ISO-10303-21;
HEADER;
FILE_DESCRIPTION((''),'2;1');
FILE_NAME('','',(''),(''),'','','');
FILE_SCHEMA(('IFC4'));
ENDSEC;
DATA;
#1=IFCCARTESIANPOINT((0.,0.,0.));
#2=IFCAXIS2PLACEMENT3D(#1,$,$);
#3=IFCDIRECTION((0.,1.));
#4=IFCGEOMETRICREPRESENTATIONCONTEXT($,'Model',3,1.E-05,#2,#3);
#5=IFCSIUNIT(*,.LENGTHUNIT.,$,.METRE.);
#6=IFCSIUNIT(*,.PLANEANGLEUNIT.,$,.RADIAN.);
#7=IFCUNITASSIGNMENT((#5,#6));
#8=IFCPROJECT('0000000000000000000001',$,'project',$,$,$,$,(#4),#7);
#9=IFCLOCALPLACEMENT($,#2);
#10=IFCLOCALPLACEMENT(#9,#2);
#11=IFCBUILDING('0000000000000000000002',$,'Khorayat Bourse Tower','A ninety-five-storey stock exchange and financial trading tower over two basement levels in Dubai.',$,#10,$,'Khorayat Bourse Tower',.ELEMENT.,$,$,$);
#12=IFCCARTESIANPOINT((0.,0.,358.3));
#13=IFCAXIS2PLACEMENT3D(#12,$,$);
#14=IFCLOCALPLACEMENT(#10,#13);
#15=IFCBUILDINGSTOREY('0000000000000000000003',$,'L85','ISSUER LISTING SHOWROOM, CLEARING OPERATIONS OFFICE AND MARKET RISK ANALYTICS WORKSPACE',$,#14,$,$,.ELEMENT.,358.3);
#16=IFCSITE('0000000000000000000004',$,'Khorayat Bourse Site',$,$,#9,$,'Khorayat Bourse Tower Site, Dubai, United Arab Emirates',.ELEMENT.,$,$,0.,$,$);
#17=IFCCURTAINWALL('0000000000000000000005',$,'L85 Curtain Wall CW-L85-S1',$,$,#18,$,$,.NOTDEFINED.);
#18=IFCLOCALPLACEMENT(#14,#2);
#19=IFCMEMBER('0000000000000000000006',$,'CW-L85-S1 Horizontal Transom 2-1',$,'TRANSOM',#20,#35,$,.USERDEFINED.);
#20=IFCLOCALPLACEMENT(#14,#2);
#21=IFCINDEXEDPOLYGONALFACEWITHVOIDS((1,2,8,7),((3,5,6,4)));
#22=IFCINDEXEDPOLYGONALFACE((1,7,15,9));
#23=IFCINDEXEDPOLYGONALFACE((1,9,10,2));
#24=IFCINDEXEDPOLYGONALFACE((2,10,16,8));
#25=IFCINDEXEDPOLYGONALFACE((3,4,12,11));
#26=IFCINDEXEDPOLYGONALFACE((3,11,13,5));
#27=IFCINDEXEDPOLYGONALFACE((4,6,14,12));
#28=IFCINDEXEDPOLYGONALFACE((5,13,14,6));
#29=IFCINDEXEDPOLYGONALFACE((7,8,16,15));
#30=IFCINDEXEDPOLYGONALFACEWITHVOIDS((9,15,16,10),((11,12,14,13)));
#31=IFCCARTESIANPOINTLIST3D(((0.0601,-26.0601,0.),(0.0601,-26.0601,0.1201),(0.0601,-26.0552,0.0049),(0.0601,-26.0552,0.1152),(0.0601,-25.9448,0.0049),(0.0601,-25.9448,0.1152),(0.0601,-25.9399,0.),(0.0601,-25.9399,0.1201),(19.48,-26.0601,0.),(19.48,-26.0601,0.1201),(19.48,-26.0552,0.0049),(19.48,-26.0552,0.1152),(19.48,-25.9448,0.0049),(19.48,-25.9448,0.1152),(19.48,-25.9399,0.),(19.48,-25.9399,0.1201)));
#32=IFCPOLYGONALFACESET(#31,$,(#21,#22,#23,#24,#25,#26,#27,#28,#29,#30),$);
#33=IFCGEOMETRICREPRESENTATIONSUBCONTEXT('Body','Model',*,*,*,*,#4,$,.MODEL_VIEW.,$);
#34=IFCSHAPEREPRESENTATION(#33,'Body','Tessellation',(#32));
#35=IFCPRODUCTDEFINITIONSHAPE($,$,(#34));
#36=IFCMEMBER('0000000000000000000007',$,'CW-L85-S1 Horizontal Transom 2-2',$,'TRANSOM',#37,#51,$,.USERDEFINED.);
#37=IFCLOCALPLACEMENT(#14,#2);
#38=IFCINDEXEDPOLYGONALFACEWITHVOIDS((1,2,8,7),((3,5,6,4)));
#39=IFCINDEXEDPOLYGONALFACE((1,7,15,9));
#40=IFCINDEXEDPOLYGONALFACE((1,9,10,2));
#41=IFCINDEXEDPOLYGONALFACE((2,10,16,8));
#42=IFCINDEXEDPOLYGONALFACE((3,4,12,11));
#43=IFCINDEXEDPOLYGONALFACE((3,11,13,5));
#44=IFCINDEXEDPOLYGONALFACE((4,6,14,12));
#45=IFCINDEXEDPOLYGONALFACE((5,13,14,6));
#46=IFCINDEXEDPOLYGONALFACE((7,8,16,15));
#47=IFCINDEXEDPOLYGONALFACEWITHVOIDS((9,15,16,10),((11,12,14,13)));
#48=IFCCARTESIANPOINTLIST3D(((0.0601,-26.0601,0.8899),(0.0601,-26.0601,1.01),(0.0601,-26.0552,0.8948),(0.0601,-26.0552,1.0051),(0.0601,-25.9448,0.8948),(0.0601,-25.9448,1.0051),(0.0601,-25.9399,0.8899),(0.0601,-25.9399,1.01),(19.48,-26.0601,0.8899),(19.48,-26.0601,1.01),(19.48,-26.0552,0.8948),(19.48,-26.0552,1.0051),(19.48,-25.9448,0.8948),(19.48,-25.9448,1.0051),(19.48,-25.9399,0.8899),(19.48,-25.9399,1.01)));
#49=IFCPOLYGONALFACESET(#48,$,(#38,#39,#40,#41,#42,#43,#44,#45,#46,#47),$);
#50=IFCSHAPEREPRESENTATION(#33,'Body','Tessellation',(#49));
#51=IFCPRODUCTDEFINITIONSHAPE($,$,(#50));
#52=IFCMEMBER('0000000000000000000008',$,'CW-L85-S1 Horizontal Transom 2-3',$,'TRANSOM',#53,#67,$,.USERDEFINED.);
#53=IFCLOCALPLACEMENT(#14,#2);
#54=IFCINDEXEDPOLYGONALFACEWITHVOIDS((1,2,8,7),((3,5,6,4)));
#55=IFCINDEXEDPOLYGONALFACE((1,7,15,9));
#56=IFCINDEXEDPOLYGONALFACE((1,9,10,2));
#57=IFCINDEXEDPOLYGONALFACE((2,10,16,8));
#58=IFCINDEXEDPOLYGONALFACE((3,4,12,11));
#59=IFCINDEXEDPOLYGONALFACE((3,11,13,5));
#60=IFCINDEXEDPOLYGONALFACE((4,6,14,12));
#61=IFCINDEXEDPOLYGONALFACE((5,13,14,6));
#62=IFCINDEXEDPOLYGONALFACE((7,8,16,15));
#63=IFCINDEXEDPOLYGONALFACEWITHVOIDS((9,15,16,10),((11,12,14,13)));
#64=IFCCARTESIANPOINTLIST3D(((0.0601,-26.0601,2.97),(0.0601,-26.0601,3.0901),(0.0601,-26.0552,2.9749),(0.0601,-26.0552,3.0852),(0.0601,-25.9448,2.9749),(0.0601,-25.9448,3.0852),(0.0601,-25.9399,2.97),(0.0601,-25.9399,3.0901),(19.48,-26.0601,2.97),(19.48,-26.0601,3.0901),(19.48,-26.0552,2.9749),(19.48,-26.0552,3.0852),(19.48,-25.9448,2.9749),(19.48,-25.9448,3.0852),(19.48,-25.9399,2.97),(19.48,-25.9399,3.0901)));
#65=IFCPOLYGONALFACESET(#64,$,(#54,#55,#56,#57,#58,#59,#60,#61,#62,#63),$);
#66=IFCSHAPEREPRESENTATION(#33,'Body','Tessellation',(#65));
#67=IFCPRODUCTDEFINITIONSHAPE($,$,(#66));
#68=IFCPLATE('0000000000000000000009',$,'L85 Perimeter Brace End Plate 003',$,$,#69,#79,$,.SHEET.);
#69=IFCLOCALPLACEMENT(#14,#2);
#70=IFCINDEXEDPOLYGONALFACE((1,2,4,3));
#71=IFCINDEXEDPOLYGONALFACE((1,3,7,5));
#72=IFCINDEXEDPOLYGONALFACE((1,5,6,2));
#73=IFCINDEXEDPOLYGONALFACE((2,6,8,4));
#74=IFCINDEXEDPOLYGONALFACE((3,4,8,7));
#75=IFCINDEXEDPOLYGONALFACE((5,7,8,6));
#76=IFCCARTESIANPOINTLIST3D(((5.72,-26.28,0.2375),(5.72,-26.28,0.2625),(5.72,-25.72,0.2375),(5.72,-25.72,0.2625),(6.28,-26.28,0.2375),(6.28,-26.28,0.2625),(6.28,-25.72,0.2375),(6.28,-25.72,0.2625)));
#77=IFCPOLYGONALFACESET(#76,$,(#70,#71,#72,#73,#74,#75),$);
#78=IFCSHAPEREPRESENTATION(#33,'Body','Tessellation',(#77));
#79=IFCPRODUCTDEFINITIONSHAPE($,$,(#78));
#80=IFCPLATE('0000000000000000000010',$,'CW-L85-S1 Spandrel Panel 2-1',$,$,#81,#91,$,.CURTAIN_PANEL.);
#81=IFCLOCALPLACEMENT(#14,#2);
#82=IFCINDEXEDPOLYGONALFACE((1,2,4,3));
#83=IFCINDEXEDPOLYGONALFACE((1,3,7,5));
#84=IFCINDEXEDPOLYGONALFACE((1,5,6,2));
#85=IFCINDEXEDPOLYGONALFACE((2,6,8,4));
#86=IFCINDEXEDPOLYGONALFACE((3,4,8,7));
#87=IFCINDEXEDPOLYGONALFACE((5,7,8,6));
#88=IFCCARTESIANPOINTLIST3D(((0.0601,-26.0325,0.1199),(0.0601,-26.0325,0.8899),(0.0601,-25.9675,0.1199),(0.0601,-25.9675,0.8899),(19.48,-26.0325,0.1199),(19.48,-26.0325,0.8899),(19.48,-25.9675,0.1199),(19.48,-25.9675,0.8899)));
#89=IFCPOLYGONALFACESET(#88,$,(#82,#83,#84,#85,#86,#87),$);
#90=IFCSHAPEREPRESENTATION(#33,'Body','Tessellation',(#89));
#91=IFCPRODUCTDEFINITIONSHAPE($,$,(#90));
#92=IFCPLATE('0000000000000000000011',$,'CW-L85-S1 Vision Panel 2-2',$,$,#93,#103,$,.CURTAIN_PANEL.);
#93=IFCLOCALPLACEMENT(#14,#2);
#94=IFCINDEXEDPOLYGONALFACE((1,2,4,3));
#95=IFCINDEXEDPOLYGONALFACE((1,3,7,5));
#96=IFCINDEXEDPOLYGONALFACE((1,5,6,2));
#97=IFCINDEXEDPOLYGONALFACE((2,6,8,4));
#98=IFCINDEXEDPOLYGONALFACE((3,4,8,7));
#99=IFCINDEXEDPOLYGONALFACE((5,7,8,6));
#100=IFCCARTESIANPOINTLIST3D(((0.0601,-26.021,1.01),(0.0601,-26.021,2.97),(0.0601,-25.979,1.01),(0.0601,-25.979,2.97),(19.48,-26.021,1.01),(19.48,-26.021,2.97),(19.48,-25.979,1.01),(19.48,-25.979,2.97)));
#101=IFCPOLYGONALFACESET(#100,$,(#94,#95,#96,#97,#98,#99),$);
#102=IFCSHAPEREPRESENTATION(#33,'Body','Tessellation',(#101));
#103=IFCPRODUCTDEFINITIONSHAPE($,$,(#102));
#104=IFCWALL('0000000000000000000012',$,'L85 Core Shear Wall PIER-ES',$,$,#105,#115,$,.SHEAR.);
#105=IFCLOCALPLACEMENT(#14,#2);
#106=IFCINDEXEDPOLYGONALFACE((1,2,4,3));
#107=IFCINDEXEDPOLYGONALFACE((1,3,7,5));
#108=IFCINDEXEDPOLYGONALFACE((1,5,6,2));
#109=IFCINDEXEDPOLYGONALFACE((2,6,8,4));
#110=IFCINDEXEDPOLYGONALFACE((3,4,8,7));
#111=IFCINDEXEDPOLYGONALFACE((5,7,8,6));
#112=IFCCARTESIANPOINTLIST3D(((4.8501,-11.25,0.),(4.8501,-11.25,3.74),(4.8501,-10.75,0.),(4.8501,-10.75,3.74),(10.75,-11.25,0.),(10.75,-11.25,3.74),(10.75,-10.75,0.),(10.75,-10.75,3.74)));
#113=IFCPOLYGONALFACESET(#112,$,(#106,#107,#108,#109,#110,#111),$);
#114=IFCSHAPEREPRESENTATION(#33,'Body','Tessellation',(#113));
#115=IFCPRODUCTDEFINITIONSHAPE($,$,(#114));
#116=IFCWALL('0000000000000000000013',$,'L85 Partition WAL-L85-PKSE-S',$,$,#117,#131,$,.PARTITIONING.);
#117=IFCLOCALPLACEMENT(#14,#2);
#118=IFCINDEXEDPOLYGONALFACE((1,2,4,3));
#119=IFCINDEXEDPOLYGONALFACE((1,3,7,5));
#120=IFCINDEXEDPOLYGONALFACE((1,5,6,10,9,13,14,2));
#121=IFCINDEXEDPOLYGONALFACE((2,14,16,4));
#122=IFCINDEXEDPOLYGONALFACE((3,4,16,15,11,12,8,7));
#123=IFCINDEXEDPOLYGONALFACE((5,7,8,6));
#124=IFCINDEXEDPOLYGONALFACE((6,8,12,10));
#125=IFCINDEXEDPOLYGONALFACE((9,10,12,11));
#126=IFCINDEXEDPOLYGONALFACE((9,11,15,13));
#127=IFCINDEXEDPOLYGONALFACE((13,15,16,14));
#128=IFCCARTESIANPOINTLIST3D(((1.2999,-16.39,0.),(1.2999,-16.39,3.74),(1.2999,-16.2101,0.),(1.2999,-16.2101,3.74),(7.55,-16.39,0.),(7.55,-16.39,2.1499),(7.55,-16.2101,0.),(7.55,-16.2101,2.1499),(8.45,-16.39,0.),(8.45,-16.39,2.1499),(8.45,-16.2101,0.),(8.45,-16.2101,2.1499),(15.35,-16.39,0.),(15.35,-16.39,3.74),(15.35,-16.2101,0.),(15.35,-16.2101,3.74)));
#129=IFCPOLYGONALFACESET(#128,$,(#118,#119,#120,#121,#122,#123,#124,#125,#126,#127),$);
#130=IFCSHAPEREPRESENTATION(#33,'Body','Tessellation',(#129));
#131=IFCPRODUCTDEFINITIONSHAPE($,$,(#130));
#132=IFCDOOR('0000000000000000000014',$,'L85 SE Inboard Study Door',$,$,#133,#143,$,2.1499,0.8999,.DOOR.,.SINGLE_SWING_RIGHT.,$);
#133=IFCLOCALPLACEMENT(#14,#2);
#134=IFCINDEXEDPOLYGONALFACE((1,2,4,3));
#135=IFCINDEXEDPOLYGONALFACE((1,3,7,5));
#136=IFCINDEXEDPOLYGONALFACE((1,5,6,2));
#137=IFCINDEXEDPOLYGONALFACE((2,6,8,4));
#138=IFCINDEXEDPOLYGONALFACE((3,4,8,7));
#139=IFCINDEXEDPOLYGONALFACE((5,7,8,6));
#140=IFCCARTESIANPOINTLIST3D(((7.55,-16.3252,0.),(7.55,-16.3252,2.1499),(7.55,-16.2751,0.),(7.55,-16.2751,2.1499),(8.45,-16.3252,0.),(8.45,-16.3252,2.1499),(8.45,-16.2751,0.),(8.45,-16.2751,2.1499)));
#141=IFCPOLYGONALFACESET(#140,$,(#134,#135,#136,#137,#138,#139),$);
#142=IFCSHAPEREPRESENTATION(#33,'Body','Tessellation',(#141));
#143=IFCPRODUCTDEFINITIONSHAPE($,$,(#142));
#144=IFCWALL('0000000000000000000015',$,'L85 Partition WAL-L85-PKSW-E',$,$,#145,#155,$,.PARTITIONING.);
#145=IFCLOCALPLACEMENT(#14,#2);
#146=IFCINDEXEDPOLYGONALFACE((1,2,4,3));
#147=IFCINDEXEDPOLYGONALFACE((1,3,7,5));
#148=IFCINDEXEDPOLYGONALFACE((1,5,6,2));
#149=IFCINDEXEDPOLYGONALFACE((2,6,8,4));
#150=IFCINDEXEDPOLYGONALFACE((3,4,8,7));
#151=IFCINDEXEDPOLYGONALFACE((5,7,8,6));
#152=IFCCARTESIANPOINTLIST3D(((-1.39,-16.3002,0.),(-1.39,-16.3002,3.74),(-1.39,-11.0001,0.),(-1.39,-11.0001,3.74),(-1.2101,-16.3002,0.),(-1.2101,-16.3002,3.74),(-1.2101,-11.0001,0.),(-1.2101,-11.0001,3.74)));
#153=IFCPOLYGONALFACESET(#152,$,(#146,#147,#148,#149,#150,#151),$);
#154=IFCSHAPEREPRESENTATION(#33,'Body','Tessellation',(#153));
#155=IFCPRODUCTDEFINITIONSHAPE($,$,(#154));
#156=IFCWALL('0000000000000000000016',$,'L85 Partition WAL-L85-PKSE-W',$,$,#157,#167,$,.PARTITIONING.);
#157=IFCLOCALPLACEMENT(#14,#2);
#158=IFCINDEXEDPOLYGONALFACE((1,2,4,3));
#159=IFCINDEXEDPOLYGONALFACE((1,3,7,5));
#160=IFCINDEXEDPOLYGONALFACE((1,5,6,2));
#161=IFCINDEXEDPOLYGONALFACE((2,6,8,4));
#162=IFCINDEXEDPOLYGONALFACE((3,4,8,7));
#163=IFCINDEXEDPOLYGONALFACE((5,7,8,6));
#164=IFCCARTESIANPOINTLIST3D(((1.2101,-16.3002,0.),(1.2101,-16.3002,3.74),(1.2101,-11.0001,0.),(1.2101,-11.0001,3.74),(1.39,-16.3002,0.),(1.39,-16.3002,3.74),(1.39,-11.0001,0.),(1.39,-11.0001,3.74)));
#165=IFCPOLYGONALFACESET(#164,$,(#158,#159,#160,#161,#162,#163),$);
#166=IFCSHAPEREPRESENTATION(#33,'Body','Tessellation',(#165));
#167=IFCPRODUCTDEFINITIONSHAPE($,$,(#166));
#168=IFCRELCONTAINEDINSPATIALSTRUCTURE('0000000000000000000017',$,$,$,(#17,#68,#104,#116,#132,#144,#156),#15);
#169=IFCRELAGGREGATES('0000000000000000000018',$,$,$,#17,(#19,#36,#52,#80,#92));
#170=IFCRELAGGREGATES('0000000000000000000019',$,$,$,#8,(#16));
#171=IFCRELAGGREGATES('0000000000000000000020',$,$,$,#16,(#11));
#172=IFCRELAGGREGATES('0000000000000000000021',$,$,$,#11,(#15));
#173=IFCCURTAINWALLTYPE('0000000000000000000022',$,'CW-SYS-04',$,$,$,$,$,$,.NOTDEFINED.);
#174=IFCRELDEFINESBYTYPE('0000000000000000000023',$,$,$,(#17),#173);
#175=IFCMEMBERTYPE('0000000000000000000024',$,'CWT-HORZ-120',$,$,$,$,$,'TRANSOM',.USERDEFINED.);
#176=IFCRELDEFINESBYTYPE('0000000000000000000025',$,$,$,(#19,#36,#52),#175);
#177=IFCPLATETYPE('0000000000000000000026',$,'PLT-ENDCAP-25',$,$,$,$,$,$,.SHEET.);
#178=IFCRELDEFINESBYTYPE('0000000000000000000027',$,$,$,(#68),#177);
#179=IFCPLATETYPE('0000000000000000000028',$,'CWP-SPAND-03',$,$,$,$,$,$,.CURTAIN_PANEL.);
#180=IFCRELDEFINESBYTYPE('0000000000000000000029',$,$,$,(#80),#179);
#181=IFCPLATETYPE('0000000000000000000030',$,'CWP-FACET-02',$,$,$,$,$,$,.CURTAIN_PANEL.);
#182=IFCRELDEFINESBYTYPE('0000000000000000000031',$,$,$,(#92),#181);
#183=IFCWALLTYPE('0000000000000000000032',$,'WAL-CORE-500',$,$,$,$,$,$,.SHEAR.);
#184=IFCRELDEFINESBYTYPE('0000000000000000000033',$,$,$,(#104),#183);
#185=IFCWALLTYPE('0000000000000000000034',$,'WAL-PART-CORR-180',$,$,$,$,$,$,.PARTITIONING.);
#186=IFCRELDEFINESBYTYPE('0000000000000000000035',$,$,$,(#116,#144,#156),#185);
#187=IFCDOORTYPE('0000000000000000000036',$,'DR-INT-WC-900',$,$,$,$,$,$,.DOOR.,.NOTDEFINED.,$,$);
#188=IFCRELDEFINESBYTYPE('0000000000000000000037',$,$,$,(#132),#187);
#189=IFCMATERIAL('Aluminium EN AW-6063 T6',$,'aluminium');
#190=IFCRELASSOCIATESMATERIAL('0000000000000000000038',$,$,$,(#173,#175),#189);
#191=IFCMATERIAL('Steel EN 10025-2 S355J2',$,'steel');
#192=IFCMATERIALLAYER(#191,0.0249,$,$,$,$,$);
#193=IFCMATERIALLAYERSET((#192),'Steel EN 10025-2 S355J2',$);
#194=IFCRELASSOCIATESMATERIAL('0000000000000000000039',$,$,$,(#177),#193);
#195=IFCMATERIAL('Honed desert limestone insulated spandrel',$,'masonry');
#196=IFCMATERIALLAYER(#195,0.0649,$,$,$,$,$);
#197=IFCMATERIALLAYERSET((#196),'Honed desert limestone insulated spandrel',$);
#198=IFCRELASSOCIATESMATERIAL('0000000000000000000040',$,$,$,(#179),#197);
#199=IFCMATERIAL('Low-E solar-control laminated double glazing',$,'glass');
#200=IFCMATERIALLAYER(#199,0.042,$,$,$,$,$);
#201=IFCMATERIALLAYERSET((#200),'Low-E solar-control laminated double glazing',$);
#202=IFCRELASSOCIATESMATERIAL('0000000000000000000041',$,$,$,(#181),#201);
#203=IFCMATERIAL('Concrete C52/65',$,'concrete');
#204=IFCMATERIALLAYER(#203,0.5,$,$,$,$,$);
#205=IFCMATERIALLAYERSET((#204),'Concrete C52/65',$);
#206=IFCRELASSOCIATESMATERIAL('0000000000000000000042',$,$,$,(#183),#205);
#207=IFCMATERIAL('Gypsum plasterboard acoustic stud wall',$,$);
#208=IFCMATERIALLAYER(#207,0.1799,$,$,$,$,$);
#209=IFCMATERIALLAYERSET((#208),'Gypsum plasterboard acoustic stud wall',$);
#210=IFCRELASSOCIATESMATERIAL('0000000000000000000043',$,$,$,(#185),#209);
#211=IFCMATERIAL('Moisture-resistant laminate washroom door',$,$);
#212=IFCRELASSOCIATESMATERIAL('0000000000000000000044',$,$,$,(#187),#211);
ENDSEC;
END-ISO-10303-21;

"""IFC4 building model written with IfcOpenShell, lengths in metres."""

from ifc_helpers import new_model, si_unit, direction, frame, frame_2d, origin, origin_2d, place, context, subcontext, project, spatial, rectangle, hollow_rectangle, extrude, source, transform, mapped, material, layer, layer_set, material_profile, profile_set, type_object, element, fill, aggregate, save


model = new_model("IFC4")

# Units and contexts
model_context = context("Model", 3, precision=1e-05, world=origin(), true_north=direction((0.0, 1.0)))
body_context = subcontext(model_context, "Body", "Model", "MODEL_VIEW")
ifc_project = project(units=[si_unit("LENGTHUNIT", "METRE"), si_unit("PLANEANGLEUNIT", "RADIAN")], contexts=[model_context])

# Site, building, storey
site_placement = place(None, origin())
site = spatial("IfcSite", under=ifc_project, at=site_placement, Name="Khorayat Bourse Site", LongName="Khorayat Bourse Tower Site, Dubai, United Arab Emirates", CompositionType="ELEMENT", RefElevation=0.0)
building_placement = place(site_placement, origin())
building = spatial("IfcBuilding", under=site, at=building_placement, Name="Khorayat Bourse Tower", Description="A ninety-five-storey stock exchange and financial trading tower over two basement levels in Dubai.", LongName="Khorayat Bourse Tower", CompositionType="ELEMENT")
storey_placement = place(building_placement, frame((0.0, 0.0, 358.3)))
storey = spatial("IfcBuildingStorey", under=building, at=storey_placement, Name="L85", Description="ISSUER LISTING SHOWROOM, CLEARING OPERATIONS OFFICE AND MARKET RISK ANALYTICS WORKSPACE", CompositionType="ELEMENT", Elevation=358.3)

# Shared definitions
ifc_material_1 = material(Name="Concrete C52/65", Category="concrete")
ifc_material_2 = material(Name="Steel EN 10025-2 S355J2", Category="steel")

# Curtain wall, members
ifc_material_3 = material(Name="Aluminium EN AW-6063 T6", Category="aluminium")
curtain_wall_type = type_object("IfcCurtainWallType", Name="CW-SYS-04", PredefinedType="NOTDEFINED", material=ifc_material_3)
curtain_wall_placement = place(storey_placement, origin())
curtain_wall = element("IfcCurtainWall", 1, at=curtain_wall_placement, inside=storey, type_object=curtain_wall_type, Name="L85 Curtain Wall CW-L85-S1", PredefinedType="NOTDEFINED")
ifc_material_profile_1 = material_profile(ifc_material_3, hollow_rectangle(XDim=0.1201, YDim=0.1201, WallThickness=0.0049, at=origin_2d()), Name="ALU 120x120x5")
ifc_profile_set_1 = profile_set([ifc_material_profile_1], Name="Aluminium EN AW-6063 T6")
member_type_1 = type_object("IfcMemberType", Name="CWT-HORZ-120", ElementType="TRANSOM", PredefinedType="USERDEFINED", material=ifc_profile_set_1)
shared_shape_1 = source(origin(), body_context, "Body", "SweptSolid", [
    extrude(hollow_rectangle(XDim=0.1201, YDim=0.1201, WallThickness=0.0049, at=origin_2d()), origin(), (0.0, 0.0, 1.0), 19.4199),
])
member_1_placement = place(storey_placement, frame((0.0601, -26.0, 0.0601), z_axis=(1.0, 0.0, 0.0), x_axis=(0.0, 1.0, 0.0)))
member_1 = element("IfcMember", 2, at=member_1_placement, type_object=member_type_1, Name="CW-L85-S1 Horizontal Transom 2-1", ObjectType="TRANSOM", PredefinedType="USERDEFINED", context=body_context, shape_type="MappedRepresentation", body=[
    mapped(shared_shape_1, transform((0.0, 0.0, 0.0), scale=1.0)),
])
member_2_placement = place(storey_placement, frame((0.0601, -26.0, 0.95), z_axis=(1.0, 0.0, 0.0), x_axis=(0.0, 1.0, 0.0)))
member_2 = element("IfcMember", 3, at=member_2_placement, type_object=member_type_1, Name="CW-L85-S1 Horizontal Transom 2-2", ObjectType="TRANSOM", PredefinedType="USERDEFINED", context=body_context, shape_type="MappedRepresentation", body=[
    mapped(shared_shape_1, transform((0.0, 0.0, 0.0), scale=1.0)),
])
member_3_placement = place(storey_placement, frame((0.0601, -26.0, 3.03), z_axis=(1.0, 0.0, 0.0), x_axis=(0.0, 1.0, 0.0)))
member_3 = element("IfcMember", 4, at=member_3_placement, type_object=member_type_1, Name="CW-L85-S1 Horizontal Transom 2-3", ObjectType="TRANSOM", PredefinedType="USERDEFINED", context=body_context, shape_type="MappedRepresentation", body=[
    mapped(shared_shape_1, transform((0.0, 0.0, 0.0), scale=1.0)),
])

# Plates
ifc_layer_1 = layer(ifc_material_2, 0.0249)
ifc_layer_set_1 = layer_set([ifc_layer_1], Name="Steel EN 10025-2 S355J2")
plate_type_1 = type_object("IfcPlateType", Name="PLT-ENDCAP-25", PredefinedType="SHEET", material=ifc_layer_set_1)
shared_shape_2 = source(origin(), body_context, "Body", "SweptSolid", [
    extrude(rectangle(XDim=0.5601, YDim=0.5601, at=origin_2d()), origin(), (0.0, 0.0, 1.0), 0.0249),
])
plate_1_placement = place(storey_placement, frame((6.0, -26.0, 0.2375), z_axis=(0.0, 0.0, 1.0), x_axis=(1.0, 0.0, 0.0)))
element("IfcPlate", 5, at=plate_1_placement, inside=storey, type_object=plate_type_1, Name="L85 Perimeter Brace End Plate 003", PredefinedType="SHEET", context=body_context, shape_type="MappedRepresentation", body=[
    mapped(shared_shape_2, transform((0.0, 0.0, 0.0), scale=1.0)),
])
ifc_material_4 = material(Name="Honed desert limestone insulated spandrel", Category="masonry")
ifc_layer_2 = layer(ifc_material_4, 0.0649)
ifc_layer_set_2 = layer_set([ifc_layer_2], Name="Honed desert limestone insulated spandrel")
plate_type_2 = type_object("IfcPlateType", Name="CWP-SPAND-03", PredefinedType="CURTAIN_PANEL", material=ifc_layer_set_2)
shared_shape_3 = source(origin(), body_context, "Body", "SweptSolid", [
    extrude(rectangle(XDim=19.4199, YDim=0.0649, at=origin_2d()), origin(), (0.0, 0.0, 1.0), 0.77),
])
plate_2_placement = place(storey_placement, frame((9.77, -26.0, 0.1199), z_axis=(0.0, 0.0, 1.0), x_axis=(1.0, 0.0, 0.0)))
plate_2 = element("IfcPlate", 6, at=plate_2_placement, type_object=plate_type_2, Name="CW-L85-S1 Spandrel Panel 2-1", PredefinedType="CURTAIN_PANEL", context=body_context, shape_type="MappedRepresentation", body=[
    mapped(shared_shape_3, transform((0.0, 0.0, 0.0), scale=1.0)),
])
ifc_material_5 = material(Name="Low-E solar-control laminated double glazing", Category="glass")
ifc_layer_3 = layer(ifc_material_5, 0.042)
ifc_layer_set_3 = layer_set([ifc_layer_3], Name="Low-E solar-control laminated double glazing")
plate_type_3 = type_object("IfcPlateType", Name="CWP-FACET-02", PredefinedType="CURTAIN_PANEL", material=ifc_layer_set_3)
shared_shape_4 = source(origin(), body_context, "Body", "SweptSolid", [
    extrude(rectangle(XDim=19.4199, YDim=0.042, at=origin_2d()), origin(), (0.0, 0.0, 1.0), 1.96),
])
plate_3_placement = place(storey_placement, frame((9.77, -26.0, 1.01), z_axis=(0.0, 0.0, 1.0), x_axis=(1.0, 0.0, 0.0)))
plate_3 = element("IfcPlate", 7, at=plate_3_placement, type_object=plate_type_3, Name="CW-L85-S1 Vision Panel 2-2", PredefinedType="CURTAIN_PANEL", context=body_context, shape_type="MappedRepresentation", body=[
    mapped(shared_shape_4, transform((0.0, 0.0, 0.0), scale=1.0)),
])
aggregate(curtain_wall, [member_1, member_2, member_3, plate_2, plate_3])

# Wall
ifc_layer_4 = layer(ifc_material_1, 0.5)
ifc_layer_set_4 = layer_set([ifc_layer_4], Name="Concrete C52/65")
wall_type_1 = type_object("IfcWallType", Name="WAL-CORE-500", PredefinedType="SHEAR", material=ifc_layer_set_4)
shared_shape_5 = source(origin(), body_context, "Body", "SweptSolid", [
    extrude(rectangle(XDim=5.8999, YDim=0.5, at=frame_2d((2.95, 0.0))), origin(), (0.0, 0.0, 1.0), 3.74),
])
wall_1_placement = place(storey_placement, frame((4.8501, -11.0, 0.0), z_axis=(0.0, 0.0, 1.0), x_axis=(1.0, 0.0, 0.0)))
element("IfcWall", 8, at=wall_1_placement, inside=storey, type_object=wall_type_1, Name="L85 Core Shear Wall PIER-ES", PredefinedType="SHEAR", context=body_context, shape_type="MappedRepresentation", body=[
    mapped(shared_shape_5, transform((0.0, 0.0, 0.0), scale=1.0)),
])

# Wall, opening, door
ifc_material_6 = material(Name="Gypsum plasterboard acoustic stud wall")
ifc_layer_5 = layer(ifc_material_6, 0.1799)
ifc_layer_set_5 = layer_set([ifc_layer_5], Name="Gypsum plasterboard acoustic stud wall")
wall_type_2 = type_object("IfcWallType", Name="WAL-PART-CORR-180", PredefinedType="PARTITIONING", material=ifc_layer_set_5)
shared_shape_6 = source(origin(), body_context, "Body", "SweptSolid", [
    extrude(rectangle(XDim=14.05, YDim=0.1799, at=frame_2d((7.0249, 0.0))), origin(), (0.0, 0.0, 1.0), 3.74),
])
wall_2_placement = place(storey_placement, frame((1.3, -16.3, 0.0), z_axis=(0.0, 0.0, 1.0), x_axis=(1.0, 0.0, 0.0)))
wall_2 = element("IfcWall", 9, at=wall_2_placement, inside=storey, type_object=wall_type_2, Name="L85 Partition WAL-L85-PKSE-S", PredefinedType="PARTITIONING", context=body_context, shape_type="MappedRepresentation", body=[
    mapped(shared_shape_6, transform((0.0, 0.0, 0.0), scale=1.0)),
])
shared_shape_7 = source(origin(), body_context, "Body", "SweptSolid", [
    extrude(rectangle(XDim=0.8999, YDim=2.1499, at=frame_2d((0.45, 1.075))), frame((0.0, 0.0999, 0.0), z_axis=(0.0, -1.0, 0.0), x_axis=(1.0, 0.0, 0.0)), (0.0, 0.0, 1.0), 0.2),
])
opening_placement = place(wall_2_placement, frame((6.25, 0.0, 0.0)))
opening = element("IfcOpeningElement", 10, at=opening_placement, cuts=wall_2, PredefinedType="OPENING", context=body_context, shape_type="MappedRepresentation", body=[
    mapped(shared_shape_7, transform((0.0, 0.0, 0.0), scale=1.0)),
])
ifc_material_7 = material(Name="Moisture-resistant laminate washroom door")
door_type = type_object("IfcDoorType", Name="DR-INT-WC-900", OperationType="NOTDEFINED", PredefinedType="DOOR", material=ifc_material_7)
shared_shape_8 = source(origin(), body_context, "Body", "SweptSolid", [
    extrude(rectangle(XDim=0.8999, YDim=2.1499, at=frame_2d((0.45, 1.075))), frame((0.0, 0.0249, 0.0), z_axis=(0.0, -1.0, 0.0), x_axis=(1.0, 0.0, 0.0)), (0.0, 0.0, 1.0), 0.05),
])
door_placement = place(opening_placement, origin())
door = element("IfcDoor", 11, at=door_placement, inside=storey, type_object=door_type, Name="L85 SE Inboard Study Door", OperationType="SINGLE_SWING_RIGHT", OverallHeight=2.1499, OverallWidth=0.8999, PredefinedType="DOOR", context=body_context, shape_type="MappedRepresentation", body=[
    mapped(shared_shape_8, transform((0.0, 0.0, 0.0), scale=1.0)),
])
fill(opening, door)

# Walls
shared_shape_9 = source(origin(), body_context, "Body", "SweptSolid", [
    extrude(rectangle(XDim=5.3, YDim=0.1799, at=frame_2d((2.6499, 0.0))), origin(), (0.0, 0.0, 1.0), 3.74),
])
for number, where, z_axis, x_axis, name in (
    (12, (-1.3, -16.3, 0.0), (0.0, 0.0, 1.0), (0.0, 1.0, 0.0), "L85 Partition WAL-L85-PKSW-E"),
    (13, (1.3, -16.3, 0.0), (0.0, 0.0, 1.0), (0.0, 1.0, 0.0), "L85 Partition WAL-L85-PKSE-W"),
):
    element("IfcWall", number, at=place(storey_placement, frame(where, z_axis=z_axis, x_axis=x_axis)), inside=storey, type_object=wall_type_2, Name=name, PredefinedType="PARTITIONING", context=body_context, shape_type="MappedRepresentation", body=[
        mapped(shared_shape_9, transform((0.0, 0.0, 0.0), scale=1.0)),
    ])

save(model, "model.ifc")
